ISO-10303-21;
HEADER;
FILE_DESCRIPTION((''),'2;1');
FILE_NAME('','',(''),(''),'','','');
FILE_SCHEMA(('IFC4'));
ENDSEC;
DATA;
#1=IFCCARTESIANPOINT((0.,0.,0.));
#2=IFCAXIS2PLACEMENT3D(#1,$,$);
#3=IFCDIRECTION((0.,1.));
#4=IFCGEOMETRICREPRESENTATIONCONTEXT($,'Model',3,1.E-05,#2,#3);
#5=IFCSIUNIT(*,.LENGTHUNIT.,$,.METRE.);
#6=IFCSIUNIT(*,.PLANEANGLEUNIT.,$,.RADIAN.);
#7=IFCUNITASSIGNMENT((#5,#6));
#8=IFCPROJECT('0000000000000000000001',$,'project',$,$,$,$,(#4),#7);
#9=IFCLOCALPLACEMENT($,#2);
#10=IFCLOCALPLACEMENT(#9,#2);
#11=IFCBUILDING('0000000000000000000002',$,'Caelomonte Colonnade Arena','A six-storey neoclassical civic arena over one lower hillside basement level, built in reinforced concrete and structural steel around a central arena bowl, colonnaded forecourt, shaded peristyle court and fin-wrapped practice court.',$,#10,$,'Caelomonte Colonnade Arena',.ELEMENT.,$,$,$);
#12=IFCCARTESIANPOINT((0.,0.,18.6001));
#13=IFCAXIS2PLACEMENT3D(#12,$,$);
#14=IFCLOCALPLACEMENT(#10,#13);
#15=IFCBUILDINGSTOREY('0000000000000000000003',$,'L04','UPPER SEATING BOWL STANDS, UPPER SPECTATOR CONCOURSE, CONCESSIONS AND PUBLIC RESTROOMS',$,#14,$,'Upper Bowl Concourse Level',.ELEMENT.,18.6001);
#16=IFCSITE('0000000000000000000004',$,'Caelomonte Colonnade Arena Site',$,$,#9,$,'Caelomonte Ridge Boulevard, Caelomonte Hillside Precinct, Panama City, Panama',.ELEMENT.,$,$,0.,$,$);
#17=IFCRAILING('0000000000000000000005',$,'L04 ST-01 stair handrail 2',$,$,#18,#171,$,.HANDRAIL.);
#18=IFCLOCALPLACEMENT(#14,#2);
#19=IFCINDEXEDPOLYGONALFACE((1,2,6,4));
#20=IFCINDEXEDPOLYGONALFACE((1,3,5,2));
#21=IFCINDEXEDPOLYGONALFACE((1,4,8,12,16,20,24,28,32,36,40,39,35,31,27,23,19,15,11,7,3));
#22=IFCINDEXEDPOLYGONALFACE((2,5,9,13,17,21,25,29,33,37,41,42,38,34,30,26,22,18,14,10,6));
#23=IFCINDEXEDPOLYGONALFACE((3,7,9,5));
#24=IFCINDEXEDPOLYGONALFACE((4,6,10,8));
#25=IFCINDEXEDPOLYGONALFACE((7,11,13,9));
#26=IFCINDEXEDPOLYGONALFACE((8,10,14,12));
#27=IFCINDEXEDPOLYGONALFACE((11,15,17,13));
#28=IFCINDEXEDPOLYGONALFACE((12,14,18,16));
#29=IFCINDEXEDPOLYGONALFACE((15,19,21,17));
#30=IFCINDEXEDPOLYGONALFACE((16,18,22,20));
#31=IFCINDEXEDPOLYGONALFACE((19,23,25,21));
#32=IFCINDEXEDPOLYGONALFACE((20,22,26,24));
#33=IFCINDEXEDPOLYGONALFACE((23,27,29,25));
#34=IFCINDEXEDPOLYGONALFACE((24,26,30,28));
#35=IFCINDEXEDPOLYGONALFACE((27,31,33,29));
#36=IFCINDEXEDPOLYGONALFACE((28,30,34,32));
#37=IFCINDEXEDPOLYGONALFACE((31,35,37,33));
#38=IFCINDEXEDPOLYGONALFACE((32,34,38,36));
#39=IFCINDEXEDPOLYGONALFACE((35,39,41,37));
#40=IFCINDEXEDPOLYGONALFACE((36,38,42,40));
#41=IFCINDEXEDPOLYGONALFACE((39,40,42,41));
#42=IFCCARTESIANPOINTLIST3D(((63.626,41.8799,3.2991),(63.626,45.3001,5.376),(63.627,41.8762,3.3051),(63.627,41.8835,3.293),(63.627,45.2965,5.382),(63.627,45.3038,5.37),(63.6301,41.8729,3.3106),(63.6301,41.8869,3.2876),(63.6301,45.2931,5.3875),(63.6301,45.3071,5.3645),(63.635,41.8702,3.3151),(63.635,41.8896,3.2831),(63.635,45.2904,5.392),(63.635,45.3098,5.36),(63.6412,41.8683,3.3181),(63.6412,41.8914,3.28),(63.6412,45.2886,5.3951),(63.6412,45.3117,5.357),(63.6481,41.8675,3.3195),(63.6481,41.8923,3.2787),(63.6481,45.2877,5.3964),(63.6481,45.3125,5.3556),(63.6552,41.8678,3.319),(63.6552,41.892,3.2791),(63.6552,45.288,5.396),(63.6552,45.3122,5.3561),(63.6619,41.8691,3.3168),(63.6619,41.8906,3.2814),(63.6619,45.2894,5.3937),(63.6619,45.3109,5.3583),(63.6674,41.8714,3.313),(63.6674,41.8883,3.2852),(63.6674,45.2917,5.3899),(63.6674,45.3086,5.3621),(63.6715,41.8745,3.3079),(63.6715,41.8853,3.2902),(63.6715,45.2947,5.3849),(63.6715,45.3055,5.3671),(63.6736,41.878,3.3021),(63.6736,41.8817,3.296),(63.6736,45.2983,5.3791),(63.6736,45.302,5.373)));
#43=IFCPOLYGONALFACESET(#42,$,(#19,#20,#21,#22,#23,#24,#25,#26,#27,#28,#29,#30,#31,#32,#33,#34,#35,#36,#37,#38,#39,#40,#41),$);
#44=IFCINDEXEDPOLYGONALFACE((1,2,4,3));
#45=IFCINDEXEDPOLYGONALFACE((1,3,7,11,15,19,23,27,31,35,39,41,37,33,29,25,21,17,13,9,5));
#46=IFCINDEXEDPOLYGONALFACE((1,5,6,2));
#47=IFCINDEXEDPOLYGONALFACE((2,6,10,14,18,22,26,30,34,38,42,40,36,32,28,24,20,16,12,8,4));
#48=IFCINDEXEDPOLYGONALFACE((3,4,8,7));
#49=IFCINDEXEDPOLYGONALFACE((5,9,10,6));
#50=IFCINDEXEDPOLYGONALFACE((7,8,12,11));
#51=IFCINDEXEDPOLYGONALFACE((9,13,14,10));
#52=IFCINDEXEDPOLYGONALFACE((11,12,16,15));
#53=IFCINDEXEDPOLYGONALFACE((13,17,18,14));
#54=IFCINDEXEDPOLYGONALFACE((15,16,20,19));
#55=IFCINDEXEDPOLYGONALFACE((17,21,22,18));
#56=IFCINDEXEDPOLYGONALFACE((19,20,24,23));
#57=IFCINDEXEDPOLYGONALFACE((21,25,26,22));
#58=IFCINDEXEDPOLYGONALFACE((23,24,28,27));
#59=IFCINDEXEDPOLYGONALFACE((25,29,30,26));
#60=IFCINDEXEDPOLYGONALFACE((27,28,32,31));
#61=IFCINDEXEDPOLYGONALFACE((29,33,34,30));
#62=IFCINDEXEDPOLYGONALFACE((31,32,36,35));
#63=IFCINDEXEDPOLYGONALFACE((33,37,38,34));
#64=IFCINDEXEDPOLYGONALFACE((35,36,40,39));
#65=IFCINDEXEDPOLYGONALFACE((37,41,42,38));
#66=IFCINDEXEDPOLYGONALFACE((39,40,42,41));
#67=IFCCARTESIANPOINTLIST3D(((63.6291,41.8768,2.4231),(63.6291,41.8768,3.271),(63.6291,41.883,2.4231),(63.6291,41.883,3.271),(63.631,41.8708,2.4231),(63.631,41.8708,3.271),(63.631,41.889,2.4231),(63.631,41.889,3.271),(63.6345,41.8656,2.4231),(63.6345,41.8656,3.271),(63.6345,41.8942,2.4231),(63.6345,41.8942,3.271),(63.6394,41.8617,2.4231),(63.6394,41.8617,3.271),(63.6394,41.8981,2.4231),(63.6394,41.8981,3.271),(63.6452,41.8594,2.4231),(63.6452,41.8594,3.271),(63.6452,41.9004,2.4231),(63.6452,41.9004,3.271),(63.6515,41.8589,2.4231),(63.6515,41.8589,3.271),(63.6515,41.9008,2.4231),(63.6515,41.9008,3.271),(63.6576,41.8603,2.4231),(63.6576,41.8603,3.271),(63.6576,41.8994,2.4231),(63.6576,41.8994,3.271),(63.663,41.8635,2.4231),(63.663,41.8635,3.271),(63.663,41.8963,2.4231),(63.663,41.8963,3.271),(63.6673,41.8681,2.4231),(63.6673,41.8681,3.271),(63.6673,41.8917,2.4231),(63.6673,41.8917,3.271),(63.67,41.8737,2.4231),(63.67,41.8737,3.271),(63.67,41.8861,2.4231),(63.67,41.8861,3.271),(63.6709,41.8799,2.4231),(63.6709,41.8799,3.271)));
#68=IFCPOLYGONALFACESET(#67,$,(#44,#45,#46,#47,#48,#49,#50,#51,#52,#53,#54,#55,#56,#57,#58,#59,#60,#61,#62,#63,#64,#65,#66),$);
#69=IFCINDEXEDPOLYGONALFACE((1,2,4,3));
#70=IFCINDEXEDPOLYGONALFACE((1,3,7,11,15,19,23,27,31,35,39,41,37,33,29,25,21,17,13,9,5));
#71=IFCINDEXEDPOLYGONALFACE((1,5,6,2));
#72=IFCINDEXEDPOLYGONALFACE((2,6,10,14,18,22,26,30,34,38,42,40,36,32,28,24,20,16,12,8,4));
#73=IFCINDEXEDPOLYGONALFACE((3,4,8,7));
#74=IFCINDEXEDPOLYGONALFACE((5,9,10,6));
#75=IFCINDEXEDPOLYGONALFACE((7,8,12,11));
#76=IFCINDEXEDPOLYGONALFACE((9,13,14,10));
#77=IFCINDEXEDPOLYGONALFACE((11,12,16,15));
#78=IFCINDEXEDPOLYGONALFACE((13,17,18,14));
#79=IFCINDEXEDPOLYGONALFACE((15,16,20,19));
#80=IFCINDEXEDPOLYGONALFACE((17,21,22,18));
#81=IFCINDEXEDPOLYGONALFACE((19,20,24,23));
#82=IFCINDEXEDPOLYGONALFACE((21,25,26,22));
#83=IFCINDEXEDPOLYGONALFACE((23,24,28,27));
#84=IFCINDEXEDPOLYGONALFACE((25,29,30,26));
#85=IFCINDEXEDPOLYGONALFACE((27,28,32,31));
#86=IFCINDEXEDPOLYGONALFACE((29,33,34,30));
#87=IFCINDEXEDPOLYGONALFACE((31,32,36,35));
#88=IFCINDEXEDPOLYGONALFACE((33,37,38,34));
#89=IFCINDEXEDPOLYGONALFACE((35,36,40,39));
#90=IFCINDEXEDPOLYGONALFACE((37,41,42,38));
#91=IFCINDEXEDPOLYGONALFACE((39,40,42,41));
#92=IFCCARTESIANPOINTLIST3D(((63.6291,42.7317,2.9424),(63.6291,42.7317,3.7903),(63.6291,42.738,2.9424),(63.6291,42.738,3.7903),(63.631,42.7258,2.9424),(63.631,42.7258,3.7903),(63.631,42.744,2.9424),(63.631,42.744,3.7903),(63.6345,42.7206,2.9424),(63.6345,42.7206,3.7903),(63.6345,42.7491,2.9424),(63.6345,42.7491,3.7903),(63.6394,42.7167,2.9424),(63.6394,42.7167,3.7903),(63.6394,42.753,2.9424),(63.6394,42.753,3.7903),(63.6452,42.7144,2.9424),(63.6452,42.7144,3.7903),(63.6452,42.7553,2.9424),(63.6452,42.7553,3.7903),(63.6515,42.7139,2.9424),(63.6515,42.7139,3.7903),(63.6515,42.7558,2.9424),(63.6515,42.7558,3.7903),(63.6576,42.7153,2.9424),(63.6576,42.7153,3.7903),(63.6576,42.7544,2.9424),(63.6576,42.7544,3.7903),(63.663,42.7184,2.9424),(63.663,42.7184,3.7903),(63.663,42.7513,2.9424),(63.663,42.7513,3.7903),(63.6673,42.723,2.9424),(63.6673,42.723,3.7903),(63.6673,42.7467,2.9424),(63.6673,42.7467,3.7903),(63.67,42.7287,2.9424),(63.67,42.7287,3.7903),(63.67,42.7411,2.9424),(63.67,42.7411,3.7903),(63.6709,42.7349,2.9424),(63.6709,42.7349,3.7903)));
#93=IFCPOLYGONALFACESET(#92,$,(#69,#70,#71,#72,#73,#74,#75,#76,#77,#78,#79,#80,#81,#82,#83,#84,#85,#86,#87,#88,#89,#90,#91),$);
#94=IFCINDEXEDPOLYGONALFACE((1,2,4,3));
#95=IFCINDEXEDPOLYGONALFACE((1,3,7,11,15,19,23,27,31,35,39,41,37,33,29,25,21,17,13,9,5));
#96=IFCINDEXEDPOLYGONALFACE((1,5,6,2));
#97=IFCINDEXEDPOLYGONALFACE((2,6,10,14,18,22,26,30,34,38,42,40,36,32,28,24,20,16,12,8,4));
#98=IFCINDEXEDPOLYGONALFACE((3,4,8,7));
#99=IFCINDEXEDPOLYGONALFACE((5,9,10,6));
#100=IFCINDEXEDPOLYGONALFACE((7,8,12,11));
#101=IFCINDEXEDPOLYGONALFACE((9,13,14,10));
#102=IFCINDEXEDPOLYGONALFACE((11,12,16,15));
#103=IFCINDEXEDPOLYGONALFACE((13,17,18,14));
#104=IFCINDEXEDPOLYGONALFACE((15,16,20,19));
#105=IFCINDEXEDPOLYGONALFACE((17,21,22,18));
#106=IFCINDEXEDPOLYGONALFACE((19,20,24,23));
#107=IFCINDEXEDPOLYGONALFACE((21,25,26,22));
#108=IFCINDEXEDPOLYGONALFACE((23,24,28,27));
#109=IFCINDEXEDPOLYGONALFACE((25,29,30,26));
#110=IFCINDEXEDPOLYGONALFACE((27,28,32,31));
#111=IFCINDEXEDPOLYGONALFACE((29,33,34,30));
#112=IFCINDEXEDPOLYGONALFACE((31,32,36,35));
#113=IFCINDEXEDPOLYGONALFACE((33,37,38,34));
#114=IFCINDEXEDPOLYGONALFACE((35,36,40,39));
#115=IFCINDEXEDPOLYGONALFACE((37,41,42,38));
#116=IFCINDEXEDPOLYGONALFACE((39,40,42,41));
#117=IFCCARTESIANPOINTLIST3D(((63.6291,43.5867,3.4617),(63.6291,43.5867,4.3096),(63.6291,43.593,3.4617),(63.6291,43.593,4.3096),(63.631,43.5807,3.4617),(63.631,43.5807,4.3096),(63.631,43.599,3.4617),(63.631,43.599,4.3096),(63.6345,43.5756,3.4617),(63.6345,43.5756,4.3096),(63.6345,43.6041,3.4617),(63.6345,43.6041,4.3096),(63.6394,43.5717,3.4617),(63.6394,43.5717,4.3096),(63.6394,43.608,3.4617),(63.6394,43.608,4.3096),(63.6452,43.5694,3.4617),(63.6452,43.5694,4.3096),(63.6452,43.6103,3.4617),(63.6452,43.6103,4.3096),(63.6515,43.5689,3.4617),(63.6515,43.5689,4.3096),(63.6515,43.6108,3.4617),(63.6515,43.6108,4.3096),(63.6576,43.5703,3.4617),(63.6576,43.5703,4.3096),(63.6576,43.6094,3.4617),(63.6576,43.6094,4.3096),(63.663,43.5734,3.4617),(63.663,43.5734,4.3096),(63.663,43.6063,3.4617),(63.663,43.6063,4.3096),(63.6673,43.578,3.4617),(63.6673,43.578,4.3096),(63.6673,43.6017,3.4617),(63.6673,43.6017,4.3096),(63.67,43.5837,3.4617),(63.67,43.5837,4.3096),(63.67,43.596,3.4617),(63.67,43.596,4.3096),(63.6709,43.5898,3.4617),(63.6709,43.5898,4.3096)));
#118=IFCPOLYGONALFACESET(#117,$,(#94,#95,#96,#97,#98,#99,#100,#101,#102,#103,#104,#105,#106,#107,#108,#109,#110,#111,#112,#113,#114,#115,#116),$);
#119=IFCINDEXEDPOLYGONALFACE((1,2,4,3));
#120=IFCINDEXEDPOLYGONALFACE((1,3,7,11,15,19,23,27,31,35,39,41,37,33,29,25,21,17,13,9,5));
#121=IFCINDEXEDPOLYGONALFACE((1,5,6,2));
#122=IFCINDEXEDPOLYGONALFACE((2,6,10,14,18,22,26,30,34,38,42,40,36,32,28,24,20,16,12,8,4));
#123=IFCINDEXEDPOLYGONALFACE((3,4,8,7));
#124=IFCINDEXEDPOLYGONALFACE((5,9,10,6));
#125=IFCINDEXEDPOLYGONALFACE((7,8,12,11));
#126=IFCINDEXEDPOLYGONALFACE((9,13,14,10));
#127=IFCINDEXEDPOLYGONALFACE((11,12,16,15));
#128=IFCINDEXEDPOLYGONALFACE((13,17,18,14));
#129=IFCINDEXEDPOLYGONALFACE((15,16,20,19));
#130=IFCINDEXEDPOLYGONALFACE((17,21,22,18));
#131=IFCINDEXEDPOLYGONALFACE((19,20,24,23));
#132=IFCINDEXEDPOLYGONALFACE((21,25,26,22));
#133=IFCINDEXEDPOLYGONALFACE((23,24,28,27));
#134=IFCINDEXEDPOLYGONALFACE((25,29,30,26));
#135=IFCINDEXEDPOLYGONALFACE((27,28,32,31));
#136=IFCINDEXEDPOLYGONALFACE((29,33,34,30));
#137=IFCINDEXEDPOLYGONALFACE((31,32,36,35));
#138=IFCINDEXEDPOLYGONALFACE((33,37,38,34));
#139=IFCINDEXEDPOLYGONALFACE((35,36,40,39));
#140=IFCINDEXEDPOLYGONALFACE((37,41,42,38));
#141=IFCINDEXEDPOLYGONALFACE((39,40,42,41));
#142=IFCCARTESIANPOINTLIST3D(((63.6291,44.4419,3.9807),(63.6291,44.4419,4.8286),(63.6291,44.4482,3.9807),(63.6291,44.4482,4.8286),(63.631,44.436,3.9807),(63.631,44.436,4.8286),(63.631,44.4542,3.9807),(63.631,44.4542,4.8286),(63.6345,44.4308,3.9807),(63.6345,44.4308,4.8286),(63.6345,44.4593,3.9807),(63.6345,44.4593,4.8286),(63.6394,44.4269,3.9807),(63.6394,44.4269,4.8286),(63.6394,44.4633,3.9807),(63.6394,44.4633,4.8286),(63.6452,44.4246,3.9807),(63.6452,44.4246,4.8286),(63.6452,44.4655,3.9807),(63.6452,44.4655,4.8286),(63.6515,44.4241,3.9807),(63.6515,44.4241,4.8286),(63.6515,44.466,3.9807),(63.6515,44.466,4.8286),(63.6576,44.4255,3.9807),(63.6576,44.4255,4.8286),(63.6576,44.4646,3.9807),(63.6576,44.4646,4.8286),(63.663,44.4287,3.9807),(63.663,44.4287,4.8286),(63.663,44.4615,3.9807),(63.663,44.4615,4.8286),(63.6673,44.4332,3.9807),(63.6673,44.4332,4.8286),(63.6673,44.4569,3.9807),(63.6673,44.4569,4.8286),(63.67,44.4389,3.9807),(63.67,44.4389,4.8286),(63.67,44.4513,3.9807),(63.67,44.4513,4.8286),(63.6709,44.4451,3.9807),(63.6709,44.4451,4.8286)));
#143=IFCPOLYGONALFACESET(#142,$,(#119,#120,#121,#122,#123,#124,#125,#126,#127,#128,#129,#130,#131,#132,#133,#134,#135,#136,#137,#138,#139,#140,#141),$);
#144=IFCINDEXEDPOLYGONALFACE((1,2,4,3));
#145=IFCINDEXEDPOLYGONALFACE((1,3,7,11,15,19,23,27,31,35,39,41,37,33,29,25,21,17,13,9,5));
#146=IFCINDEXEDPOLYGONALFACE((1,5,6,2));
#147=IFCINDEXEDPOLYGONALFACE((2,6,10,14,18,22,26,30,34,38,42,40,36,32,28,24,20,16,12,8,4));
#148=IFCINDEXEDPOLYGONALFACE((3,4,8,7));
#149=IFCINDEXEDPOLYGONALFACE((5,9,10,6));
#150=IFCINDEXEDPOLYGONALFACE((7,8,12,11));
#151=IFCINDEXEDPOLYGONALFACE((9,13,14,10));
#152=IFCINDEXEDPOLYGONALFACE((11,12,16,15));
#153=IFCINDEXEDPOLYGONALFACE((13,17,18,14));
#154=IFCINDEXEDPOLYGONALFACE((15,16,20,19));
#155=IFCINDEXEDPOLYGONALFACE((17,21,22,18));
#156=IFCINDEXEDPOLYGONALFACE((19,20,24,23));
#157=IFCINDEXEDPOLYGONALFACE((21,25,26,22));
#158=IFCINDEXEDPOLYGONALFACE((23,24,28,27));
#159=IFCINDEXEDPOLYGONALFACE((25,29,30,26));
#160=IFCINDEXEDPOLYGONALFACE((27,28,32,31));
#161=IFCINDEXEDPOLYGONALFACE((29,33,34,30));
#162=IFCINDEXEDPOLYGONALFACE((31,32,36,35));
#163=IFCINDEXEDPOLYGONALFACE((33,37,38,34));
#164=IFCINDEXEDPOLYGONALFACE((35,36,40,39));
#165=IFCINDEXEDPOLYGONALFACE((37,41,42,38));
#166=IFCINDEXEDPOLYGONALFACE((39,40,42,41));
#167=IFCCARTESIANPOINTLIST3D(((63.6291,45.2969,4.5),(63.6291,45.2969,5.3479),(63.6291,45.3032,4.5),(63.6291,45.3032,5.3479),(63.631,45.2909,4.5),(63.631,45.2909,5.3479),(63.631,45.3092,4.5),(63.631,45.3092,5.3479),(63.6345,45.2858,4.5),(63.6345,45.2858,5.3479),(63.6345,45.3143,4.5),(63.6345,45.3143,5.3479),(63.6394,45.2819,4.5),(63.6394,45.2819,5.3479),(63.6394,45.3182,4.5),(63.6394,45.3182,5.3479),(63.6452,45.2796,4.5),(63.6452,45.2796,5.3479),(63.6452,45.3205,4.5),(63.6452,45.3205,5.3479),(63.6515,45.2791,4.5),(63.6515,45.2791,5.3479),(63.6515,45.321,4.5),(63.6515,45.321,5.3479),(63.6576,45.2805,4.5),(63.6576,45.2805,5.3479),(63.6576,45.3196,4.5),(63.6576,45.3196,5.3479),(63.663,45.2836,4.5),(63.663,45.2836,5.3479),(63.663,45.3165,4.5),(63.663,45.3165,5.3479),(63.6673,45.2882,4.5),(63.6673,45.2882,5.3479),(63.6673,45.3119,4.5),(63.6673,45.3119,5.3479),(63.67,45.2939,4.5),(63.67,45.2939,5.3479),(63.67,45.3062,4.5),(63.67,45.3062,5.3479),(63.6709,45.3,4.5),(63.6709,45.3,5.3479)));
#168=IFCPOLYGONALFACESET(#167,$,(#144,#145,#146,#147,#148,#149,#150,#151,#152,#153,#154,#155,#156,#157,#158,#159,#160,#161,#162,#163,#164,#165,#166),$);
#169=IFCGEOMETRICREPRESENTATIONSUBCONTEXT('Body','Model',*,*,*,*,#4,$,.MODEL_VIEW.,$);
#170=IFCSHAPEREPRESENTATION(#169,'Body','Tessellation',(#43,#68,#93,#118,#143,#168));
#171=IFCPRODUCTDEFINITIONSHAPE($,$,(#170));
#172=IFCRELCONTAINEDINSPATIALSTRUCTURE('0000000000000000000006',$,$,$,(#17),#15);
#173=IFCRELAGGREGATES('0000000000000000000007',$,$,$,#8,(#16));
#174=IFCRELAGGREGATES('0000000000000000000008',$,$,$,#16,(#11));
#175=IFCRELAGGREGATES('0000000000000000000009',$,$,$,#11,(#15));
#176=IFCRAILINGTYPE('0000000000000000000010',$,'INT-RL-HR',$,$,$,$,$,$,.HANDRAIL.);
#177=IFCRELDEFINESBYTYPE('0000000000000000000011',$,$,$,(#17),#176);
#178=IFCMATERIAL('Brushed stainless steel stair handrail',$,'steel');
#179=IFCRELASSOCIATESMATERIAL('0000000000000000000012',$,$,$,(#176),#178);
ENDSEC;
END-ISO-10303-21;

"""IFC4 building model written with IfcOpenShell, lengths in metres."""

from ifc_helpers import new_model, si_unit, direction, frame, origin, origin_2d, place, context, subcontext, project, spatial, circle, extrude, material, type_object, element, save


model = new_model("IFC4")

# Units and contexts
model_context = context("Model", 3, precision=1e-05, world=origin(), true_north=direction((0.0, 1.0)))
body_context = subcontext(model_context, "Body", "Model", "MODEL_VIEW")
ifc_project = project(units=[si_unit("LENGTHUNIT", "METRE"), si_unit("PLANEANGLEUNIT", "RADIAN")], contexts=[model_context])

# Site, building, storey
site_placement = place(None, origin())
site = spatial("IfcSite", under=ifc_project, at=site_placement, Name="Caelomonte Colonnade Arena Site", LongName="Caelomonte Ridge Boulevard, Caelomonte Hillside Precinct, Panama City, Panama", CompositionType="ELEMENT", RefElevation=0.0)
building_placement = place(site_placement, origin())
building = spatial("IfcBuilding", under=site, at=building_placement, Name="Caelomonte Colonnade Arena", Description="A six-storey neoclassical civic arena over one lower hillside basement level, built in reinforced concrete and structural steel around a central arena bowl, colonnaded forecourt, shaded peristyle court and fin-wrapped practice court.", LongName="Caelomonte Colonnade Arena", CompositionType="ELEMENT")
storey_placement = place(building_placement, frame((0.0, 0.0, 18.6001)))
storey = spatial("IfcBuildingStorey", under=building, at=storey_placement, Name="L04", Description="UPPER SEATING BOWL STANDS, UPPER SPECTATOR CONCOURSE, CONCESSIONS AND PUBLIC RESTROOMS", LongName="Upper Bowl Concourse Level", CompositionType="ELEMENT", Elevation=18.6001)

# Railing
ifc_material_1 = material(Name="Brushed stainless steel stair handrail", Category="steel")
railing_type_1 = type_object("IfcRailingType", Name="INT-RL-HR", PredefinedType="HANDRAIL", material=ifc_material_1)
railing_1_placement = place(storey_placement, frame((63.6499, 41.8799, 2.4231)))
element("IfcRailing", 1, at=railing_1_placement, inside=storey, type_object=railing_type_1, Name="L04 ST-01 stair handrail 2", PredefinedType="HANDRAIL", context=body_context, shape_type="SweptSolid", body=[
    extrude(circle(Radius=0.0239, at=origin_2d()), frame((0.0, 0.0, 0.876), z_axis=(0.0, 0.854746, 0.519047), x_axis=(-1.0, 0.0, 0.0)), (0.0, 0.0, 1.0), 4.0015),
    extrude(circle(Radius=0.021, at=origin_2d()), origin(), (0.0, 0.0, 1.0), 0.8479),
    extrude(circle(Radius=0.021, at=origin_2d()), frame((0.0, 0.855, 0.5193)), (0.0, 0.0, 1.0), 0.8479),
    extrude(circle(Radius=0.021, at=origin_2d()), frame((0.0, 1.71, 1.0386)), (0.0, 0.0, 1.0), 0.8479),
    extrude(circle(Radius=0.021, at=origin_2d()), frame((0.0, 2.5652, 1.5576)), (0.0, 0.0, 1.0), 0.8479),
    extrude(circle(Radius=0.021, at=origin_2d()), frame((0.0, 3.4202, 2.0769)), (0.0, 0.0, 1.0), 0.8479),
])

save(model, "model.ifc")
